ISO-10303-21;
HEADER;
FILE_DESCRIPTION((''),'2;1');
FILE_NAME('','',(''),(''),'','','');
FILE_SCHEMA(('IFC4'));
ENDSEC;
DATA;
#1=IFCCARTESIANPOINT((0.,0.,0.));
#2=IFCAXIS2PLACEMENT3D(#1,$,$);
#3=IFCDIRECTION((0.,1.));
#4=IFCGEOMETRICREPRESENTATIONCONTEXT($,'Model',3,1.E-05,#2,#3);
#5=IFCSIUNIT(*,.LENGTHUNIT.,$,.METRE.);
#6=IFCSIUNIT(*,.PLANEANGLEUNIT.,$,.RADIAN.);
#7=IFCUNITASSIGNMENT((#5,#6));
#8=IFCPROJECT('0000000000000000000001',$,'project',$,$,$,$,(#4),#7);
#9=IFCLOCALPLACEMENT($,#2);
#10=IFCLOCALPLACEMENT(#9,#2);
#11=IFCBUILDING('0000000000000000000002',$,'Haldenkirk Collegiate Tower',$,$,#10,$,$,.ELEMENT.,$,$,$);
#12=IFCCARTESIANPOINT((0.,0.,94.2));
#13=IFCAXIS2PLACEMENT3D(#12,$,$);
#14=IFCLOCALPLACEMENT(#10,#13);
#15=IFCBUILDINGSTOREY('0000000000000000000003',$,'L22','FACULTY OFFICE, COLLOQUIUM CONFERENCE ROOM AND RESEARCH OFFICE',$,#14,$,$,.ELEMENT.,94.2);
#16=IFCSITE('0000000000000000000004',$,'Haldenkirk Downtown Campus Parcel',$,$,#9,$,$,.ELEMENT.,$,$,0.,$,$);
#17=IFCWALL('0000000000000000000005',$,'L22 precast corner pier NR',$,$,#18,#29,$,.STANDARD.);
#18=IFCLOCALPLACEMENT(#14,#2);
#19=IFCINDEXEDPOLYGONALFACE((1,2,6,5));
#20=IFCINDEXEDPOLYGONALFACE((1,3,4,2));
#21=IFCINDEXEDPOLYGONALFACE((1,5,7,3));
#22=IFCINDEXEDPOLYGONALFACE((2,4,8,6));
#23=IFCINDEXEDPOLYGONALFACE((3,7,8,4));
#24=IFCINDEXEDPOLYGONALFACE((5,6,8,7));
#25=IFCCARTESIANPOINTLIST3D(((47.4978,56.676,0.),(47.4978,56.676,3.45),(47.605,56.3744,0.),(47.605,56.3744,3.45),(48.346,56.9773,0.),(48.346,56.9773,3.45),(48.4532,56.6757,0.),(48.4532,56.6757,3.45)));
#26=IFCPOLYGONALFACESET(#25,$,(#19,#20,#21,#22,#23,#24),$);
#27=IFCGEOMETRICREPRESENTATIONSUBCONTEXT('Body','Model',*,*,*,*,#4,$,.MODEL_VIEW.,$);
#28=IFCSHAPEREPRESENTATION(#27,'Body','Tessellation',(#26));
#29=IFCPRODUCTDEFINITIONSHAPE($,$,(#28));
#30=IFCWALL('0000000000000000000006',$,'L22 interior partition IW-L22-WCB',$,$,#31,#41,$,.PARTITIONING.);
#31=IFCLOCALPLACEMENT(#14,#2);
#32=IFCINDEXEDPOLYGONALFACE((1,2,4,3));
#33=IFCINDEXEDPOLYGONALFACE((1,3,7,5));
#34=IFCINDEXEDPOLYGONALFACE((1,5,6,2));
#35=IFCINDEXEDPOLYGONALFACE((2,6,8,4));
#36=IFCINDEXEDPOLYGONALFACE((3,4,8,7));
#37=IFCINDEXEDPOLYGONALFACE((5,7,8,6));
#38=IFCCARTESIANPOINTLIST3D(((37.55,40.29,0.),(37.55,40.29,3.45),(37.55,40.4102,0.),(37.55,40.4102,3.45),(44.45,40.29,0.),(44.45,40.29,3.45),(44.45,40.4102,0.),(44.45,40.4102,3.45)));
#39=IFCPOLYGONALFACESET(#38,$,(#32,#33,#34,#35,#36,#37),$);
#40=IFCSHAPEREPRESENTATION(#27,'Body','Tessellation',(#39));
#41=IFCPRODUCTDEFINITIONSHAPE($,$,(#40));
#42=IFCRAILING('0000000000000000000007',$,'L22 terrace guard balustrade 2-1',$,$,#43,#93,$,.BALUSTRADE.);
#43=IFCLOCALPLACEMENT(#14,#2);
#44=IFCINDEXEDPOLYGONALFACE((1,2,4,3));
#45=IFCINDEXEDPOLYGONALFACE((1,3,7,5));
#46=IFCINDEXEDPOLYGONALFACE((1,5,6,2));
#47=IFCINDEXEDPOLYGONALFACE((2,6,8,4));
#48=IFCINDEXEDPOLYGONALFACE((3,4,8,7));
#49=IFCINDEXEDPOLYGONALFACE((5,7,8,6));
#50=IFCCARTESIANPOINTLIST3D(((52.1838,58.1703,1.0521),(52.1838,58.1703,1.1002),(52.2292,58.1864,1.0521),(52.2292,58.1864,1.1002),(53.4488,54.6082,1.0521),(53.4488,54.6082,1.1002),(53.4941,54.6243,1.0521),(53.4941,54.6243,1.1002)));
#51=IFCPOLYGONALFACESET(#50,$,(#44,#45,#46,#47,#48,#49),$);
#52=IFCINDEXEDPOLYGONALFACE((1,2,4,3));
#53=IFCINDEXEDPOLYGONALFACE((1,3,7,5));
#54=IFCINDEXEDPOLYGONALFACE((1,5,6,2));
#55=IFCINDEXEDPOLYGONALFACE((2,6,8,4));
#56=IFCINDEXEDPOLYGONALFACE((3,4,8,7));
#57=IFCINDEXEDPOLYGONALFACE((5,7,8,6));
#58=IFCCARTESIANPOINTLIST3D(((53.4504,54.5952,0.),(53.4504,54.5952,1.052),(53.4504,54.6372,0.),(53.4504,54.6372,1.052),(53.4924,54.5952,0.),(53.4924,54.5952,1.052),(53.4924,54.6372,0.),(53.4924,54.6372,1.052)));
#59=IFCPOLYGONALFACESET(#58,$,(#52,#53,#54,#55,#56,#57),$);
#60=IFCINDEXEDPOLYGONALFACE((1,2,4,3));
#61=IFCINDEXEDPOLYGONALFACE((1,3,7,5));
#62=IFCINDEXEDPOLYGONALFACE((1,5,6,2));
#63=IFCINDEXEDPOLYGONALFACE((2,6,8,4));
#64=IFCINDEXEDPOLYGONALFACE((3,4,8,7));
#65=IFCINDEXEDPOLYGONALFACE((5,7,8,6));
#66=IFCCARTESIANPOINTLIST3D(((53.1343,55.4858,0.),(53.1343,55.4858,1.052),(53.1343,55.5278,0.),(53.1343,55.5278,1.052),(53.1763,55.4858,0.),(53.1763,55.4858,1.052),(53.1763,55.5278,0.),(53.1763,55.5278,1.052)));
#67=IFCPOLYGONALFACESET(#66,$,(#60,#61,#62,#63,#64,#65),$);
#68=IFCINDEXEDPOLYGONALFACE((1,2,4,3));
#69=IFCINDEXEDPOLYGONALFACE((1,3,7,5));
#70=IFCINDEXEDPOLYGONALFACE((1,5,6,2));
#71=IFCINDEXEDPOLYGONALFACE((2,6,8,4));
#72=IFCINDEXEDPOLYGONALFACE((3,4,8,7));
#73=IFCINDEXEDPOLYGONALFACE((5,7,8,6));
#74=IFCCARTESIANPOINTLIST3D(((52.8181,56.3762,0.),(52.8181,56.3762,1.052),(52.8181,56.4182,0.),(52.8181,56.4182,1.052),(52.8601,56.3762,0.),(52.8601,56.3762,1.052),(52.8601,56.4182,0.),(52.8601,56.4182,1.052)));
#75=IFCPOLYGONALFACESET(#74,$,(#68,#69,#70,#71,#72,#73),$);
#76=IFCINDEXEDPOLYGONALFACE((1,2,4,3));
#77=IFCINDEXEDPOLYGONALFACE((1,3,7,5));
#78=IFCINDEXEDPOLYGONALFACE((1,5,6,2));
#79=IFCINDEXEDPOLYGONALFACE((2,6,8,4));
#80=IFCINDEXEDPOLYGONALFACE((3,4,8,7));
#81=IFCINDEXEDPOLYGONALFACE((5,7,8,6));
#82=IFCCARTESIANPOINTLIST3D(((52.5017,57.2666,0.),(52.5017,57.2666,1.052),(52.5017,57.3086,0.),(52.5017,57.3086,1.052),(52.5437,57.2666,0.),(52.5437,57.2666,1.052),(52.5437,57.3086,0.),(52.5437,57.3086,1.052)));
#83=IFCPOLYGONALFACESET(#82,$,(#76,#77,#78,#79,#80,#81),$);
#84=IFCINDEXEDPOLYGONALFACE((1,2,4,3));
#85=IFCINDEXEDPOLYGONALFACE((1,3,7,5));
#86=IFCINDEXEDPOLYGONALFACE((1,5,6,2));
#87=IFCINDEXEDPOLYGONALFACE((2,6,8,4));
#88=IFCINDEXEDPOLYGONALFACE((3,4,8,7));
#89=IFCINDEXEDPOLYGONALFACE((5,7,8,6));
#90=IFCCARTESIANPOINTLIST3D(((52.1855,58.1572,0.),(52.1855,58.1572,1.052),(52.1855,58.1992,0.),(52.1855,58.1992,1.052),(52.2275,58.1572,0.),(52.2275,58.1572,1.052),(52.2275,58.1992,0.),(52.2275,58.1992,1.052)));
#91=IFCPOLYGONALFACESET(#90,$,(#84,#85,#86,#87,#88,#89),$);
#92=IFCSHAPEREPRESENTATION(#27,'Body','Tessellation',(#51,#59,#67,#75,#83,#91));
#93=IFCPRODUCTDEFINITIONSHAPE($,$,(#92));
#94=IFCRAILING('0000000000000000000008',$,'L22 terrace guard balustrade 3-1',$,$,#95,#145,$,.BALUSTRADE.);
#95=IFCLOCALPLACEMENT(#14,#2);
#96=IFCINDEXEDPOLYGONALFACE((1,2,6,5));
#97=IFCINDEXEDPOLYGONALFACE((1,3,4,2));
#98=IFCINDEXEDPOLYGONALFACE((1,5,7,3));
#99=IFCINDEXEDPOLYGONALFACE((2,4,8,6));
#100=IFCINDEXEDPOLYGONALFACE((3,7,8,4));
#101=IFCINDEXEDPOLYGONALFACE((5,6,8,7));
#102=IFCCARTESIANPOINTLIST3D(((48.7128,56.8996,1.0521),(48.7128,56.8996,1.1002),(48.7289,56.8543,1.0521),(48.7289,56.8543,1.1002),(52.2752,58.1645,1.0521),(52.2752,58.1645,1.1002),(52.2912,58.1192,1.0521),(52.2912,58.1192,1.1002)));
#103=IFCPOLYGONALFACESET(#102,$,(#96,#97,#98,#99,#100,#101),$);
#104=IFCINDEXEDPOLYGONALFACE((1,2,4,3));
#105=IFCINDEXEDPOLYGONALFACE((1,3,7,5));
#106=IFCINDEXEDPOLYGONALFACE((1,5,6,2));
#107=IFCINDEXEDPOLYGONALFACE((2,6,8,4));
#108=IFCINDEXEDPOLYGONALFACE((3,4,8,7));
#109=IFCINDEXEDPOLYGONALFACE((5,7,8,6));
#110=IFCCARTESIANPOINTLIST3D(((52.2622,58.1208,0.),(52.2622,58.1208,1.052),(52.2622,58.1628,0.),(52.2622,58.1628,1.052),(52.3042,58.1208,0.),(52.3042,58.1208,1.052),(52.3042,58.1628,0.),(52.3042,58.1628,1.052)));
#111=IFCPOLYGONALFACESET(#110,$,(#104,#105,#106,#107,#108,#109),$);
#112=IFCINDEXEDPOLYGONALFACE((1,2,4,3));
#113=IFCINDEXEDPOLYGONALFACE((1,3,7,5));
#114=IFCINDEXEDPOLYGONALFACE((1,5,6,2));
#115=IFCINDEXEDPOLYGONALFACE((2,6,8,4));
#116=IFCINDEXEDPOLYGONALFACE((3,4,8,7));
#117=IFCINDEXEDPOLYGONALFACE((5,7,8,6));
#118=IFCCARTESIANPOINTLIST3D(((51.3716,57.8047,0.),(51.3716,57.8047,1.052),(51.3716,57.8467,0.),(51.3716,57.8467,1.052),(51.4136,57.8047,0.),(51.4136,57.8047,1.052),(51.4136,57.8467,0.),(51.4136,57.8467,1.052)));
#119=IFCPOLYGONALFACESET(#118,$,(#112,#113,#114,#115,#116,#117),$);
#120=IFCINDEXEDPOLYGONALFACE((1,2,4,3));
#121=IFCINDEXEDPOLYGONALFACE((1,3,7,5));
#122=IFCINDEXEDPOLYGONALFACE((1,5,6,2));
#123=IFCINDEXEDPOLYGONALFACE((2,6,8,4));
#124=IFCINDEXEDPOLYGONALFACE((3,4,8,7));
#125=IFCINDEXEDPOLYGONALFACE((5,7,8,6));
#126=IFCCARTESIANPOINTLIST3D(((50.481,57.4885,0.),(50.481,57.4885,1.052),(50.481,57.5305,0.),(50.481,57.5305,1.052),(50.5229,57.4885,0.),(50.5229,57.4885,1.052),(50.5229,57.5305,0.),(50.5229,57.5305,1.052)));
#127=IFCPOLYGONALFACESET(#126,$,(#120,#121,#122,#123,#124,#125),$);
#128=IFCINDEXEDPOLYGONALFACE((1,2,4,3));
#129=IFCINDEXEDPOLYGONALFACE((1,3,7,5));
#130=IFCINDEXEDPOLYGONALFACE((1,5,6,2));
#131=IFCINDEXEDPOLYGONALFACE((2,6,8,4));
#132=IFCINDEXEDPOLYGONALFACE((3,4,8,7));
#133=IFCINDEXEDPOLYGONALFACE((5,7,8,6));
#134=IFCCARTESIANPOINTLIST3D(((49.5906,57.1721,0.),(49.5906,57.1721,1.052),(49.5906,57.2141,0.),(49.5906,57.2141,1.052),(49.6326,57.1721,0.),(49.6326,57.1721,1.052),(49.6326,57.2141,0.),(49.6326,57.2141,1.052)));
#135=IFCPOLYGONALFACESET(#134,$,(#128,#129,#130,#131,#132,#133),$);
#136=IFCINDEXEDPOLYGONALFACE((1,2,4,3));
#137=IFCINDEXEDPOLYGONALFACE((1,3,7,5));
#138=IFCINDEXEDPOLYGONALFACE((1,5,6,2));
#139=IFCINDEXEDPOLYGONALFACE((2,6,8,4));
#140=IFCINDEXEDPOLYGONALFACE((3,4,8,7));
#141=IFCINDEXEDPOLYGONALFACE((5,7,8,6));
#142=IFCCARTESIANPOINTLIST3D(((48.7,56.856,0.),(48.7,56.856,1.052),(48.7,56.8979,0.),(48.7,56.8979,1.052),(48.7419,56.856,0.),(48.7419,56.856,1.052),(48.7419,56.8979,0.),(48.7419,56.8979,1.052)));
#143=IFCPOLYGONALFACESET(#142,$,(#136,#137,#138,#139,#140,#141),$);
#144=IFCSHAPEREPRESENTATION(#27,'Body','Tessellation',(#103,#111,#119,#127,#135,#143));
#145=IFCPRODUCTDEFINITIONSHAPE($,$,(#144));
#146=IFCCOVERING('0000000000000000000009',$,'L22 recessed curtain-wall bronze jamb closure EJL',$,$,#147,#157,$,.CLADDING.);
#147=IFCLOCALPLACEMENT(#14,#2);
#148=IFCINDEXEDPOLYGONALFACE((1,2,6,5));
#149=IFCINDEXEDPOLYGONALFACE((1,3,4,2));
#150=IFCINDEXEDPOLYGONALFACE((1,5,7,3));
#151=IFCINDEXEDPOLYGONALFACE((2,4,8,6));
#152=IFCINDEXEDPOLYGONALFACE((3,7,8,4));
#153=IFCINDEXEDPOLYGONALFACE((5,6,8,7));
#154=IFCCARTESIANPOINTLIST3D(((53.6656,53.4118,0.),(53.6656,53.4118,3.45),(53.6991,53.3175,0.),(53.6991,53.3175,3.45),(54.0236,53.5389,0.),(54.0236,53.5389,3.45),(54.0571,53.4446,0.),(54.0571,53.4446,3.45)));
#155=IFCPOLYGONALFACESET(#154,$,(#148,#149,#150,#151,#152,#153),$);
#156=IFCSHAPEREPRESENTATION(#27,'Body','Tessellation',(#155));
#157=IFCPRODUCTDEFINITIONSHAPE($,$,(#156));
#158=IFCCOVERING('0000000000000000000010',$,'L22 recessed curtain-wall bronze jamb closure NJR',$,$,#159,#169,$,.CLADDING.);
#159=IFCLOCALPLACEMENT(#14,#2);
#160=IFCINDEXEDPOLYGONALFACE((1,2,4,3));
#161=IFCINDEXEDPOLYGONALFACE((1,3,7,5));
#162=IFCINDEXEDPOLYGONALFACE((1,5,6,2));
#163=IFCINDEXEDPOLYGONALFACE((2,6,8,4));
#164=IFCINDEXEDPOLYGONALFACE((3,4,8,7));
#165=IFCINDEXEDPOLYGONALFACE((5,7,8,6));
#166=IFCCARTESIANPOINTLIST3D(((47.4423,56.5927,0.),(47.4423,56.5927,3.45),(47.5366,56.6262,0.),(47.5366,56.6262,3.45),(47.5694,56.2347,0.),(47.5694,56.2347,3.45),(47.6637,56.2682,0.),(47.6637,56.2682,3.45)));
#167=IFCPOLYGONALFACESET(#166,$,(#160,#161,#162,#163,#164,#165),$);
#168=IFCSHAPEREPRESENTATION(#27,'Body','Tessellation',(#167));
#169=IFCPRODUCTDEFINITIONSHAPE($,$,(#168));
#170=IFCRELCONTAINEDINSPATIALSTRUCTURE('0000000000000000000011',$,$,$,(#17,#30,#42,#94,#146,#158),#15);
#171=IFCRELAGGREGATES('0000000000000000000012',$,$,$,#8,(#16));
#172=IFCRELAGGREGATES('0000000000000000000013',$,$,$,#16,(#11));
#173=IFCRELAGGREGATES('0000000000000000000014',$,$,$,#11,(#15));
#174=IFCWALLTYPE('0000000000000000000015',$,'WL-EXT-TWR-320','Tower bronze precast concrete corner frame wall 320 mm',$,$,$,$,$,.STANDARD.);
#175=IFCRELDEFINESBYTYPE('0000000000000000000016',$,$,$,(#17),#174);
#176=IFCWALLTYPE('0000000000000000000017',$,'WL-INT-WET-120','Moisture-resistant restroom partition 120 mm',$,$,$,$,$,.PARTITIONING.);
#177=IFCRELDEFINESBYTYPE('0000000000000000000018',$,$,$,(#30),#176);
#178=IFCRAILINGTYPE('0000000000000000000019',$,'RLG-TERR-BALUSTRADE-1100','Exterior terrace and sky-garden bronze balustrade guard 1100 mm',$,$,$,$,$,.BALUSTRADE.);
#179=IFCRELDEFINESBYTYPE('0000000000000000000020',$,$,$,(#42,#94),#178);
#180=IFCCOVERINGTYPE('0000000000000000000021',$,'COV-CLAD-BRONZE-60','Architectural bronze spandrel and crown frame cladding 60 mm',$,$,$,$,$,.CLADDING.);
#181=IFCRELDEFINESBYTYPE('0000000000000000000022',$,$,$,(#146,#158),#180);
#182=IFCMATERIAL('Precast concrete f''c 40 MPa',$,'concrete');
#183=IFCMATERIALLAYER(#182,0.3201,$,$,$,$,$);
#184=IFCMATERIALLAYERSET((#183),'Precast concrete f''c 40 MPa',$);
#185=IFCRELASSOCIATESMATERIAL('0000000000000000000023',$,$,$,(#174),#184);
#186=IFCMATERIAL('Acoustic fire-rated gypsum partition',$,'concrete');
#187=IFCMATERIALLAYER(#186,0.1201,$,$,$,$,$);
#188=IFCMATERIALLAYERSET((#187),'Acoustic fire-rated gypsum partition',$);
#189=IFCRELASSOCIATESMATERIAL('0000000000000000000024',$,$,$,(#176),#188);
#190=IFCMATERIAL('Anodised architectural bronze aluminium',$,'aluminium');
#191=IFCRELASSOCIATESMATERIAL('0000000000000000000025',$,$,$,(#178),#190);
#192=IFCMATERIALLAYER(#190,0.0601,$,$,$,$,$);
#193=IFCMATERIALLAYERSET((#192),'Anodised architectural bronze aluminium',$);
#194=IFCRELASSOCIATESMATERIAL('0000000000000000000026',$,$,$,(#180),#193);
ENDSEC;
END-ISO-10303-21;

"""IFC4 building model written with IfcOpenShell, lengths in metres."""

from ifc_helpers import new_model, si_unit, direction, frame, frame_2d, origin, origin_2d, place, context, subcontext, project, spatial, rectangle, extrude, source, transform, mapped, material, layer, layer_set, type_object, element, save


model = new_model("IFC4")

# Units and contexts
model_context = context("Model", 3, precision=1e-05, world=origin(), true_north=direction((0.0, 1.0)))
body_context = subcontext(model_context, "Body", "Model", "MODEL_VIEW")
ifc_project = project(units=[si_unit("LENGTHUNIT", "METRE"), si_unit("PLANEANGLEUNIT", "RADIAN")], contexts=[model_context])

# Site, building, storey
site_placement = place(None, origin())
site = spatial("IfcSite", under=ifc_project, at=site_placement, Name="Haldenkirk Downtown Campus Parcel", CompositionType="ELEMENT", RefElevation=0.0)
building_placement = place(site_placement, origin())
building = spatial("IfcBuilding", under=site, at=building_placement, Name="Haldenkirk Collegiate Tower", CompositionType="ELEMENT")
storey_placement = place(building_placement, frame((0.0, 0.0, 94.2)))
storey = spatial("IfcBuildingStorey", under=building, at=storey_placement, Name="L22", Description="FACULTY OFFICE, COLLOQUIUM CONFERENCE ROOM AND RESEARCH OFFICE", CompositionType="ELEMENT", Elevation=94.2)

# Shared definitions
ifc_material_1 = material(Name="Anodised architectural bronze aluminium", Category="aluminium")

# Shared definitions
ifc_material_2 = material(Name="Precast concrete f'c 40 MPa", Category="concrete")
ifc_layer_1 = layer(ifc_material_2, 0.3201)
ifc_layer_set_1 = layer_set([ifc_layer_1], Name="Precast concrete f'c 40 MPa")
wall_type_1 = type_object("IfcWallType", Name="WL-EXT-TWR-320", Description="Tower bronze precast concrete corner frame wall 320 mm", PredefinedType="STANDARD", material=ifc_layer_set_1)

# Walls
wall_1_placement = place(storey_placement, frame((47.5513, 56.5251, 0.0), z_axis=(0.0, 0.0, 1.0), x_axis=(0.942317, 0.334721, 0.0)))
element("IfcWall", 1, at=wall_1_placement, inside=storey, type_object=wall_type_1, Name="L22 precast corner pier NR", PredefinedType="STANDARD", context=body_context, shape_type="SweptSolid", body=[
    extrude(rectangle(XDim=0.9001, YDim=0.3201, at=frame_2d((0.4502, 0.0))), origin(), (0.0, 0.0, 1.0), 3.45),
])
ifc_material_3 = material(Name="Acoustic fire-rated gypsum partition", Category="concrete")
ifc_layer_2 = layer(ifc_material_3, 0.1201)
ifc_layer_set_2 = layer_set([ifc_layer_2], Name="Acoustic fire-rated gypsum partition")
wall_type_2 = type_object("IfcWallType", Name="WL-INT-WET-120", Description="Moisture-resistant restroom partition 120 mm", PredefinedType="PARTITIONING", material=ifc_layer_set_2)
wall_2_placement = place(storey_placement, frame((37.55, 40.3501, 0.0), z_axis=(0.0, 0.0, 1.0), x_axis=(1.0, 0.0, 0.0)))
element("IfcWall", 2, at=wall_2_placement, inside=storey, type_object=wall_type_2, Name="L22 interior partition IW-L22-WCB", PredefinedType="PARTITIONING", context=body_context, shape_type="SweptSolid", body=[
    extrude(rectangle(XDim=6.8999, YDim=0.1201, at=frame_2d((3.45, 0.0))), origin(), (0.0, 0.0, 1.0), 3.45),
])

# Railings
railing_type = type_object("IfcRailingType", Name="RLG-TERR-BALUSTRADE-1100", Description="Exterior terrace and sky-garden bronze balustrade guard 1100 mm", PredefinedType="BALUSTRADE", material=ifc_material_1)
railing_1_placement = place(storey_placement, frame((53.4714, 54.6162, 0.0)))
element("IfcRailing", 3, at=railing_1_placement, inside=storey, type_object=railing_type, Name="L22 terrace guard balustrade 2-1", PredefinedType="BALUSTRADE", context=body_context, shape_type="SweptSolid", body=[
    extrude(rectangle(XDim=0.0481, YDim=0.0481, at=origin_2d()), frame((0.0, 0.0, 1.0762), z_axis=(-0.334634, 0.942348, 0.0), x_axis=(-0.942348, -0.334634, 0.0)), (0.0, 0.0, 1.0), 3.78),
    extrude(rectangle(XDim=0.042, YDim=0.042, at=origin_2d()), origin(), (0.0, 0.0, 1.0), 1.052),
    extrude(rectangle(XDim=0.042, YDim=0.042, at=origin_2d()), frame((-0.3162, 0.8906, 0.0)), (0.0, 0.0, 1.0), 1.052),
    extrude(rectangle(XDim=0.042, YDim=0.042, at=origin_2d()), frame((-0.6323, 1.781, 0.0)), (0.0, 0.0, 1.0), 1.052),
    extrude(rectangle(XDim=0.042, YDim=0.042, at=origin_2d()), frame((-0.9487, 2.6714, 0.0)), (0.0, 0.0, 1.0), 1.052),
    extrude(rectangle(XDim=0.042, YDim=0.042, at=origin_2d()), frame((-1.2649, 3.562, 0.0)), (0.0, 0.0, 1.0), 1.052),
])
railing_2_placement = place(storey_placement, frame((52.2832, 58.1418, 0.0)))
element("IfcRailing", 4, at=railing_2_placement, inside=storey, type_object=railing_type, Name="L22 terrace guard balustrade 3-1", PredefinedType="BALUSTRADE", context=body_context, shape_type="SweptSolid", body=[
    extrude(rectangle(XDim=0.0481, YDim=0.0481, at=origin_2d()), frame((0.0, 0.0, 1.0762), z_axis=(-0.942355, -0.334613, 0.0), x_axis=(0.334613, -0.942355, 0.0)), (0.0, 0.0, 1.0), 3.7803),
    extrude(rectangle(XDim=0.042, YDim=0.042, at=origin_2d()), origin(), (0.0, 0.0, 1.0), 1.052),
    extrude(rectangle(XDim=0.042, YDim=0.042, at=origin_2d()), frame((-0.8906, -0.3162, 0.0)), (0.0, 0.0, 1.0), 1.052),
    extrude(rectangle(XDim=0.042, YDim=0.042, at=origin_2d()), frame((-1.7812, -0.6323, 0.0)), (0.0, 0.0, 1.0), 1.052),
    extrude(rectangle(XDim=0.042, YDim=0.042, at=origin_2d()), frame((-2.6716, -0.9487, 0.0)), (0.0, 0.0, 1.0), 1.052),
    extrude(rectangle(XDim=0.042, YDim=0.042, at=origin_2d()), frame((-3.5623, -1.2649, 0.0)), (0.0, 0.0, 1.0), 1.052),
])

# Coverings
ifc_layer_3 = layer(ifc_material_1, 0.0601)
ifc_layer_set_3 = layer_set([ifc_layer_3], Name="Anodised architectural bronze aluminium")
covering_type = type_object("IfcCoveringType", Name="COV-CLAD-BRONZE-60", Description="Architectural bronze spandrel and crown frame cladding 60 mm", PredefinedType="CLADDING", material=ifc_layer_set_3)
shared_shape_1 = source(origin(), body_context, "Body", "SweptSolid", [
    extrude(rectangle(XDim=0.1001, YDim=0.3799, at=origin_2d()), origin(), (0.0, 0.0, 1.0), 3.45),
])
for number, where, z_axis, x_axis, name in (
    (5, (53.8613, 53.4282, 0.0), (0.0, 0.0, 1.0), (0.334629, -0.94235, 0.0), "L22 recessed curtain-wall bronze jamb closure EJL"),
    (6, (47.553, 56.4304, 0.0), (0.0, 0.0, 1.0), (0.94235, 0.334629, 0.0), "L22 recessed curtain-wall bronze jamb closure NJR"),
):
    element("IfcCovering", number, at=place(storey_placement, frame(where, z_axis=z_axis, x_axis=x_axis)), inside=storey, type_object=covering_type, Name=name, PredefinedType="CLADDING", context=body_context, shape_type="MappedRepresentation", body=[
        mapped(shared_shape_1, transform((0.0, 0.0, 0.0), x_axis=(1.0, 0.0, 0.0), y_axis=(0.0, 1.0, 0.0), z_axis=(0.0, 0.0, 1.0), scale=1.0)),
    ])

save(model, "model.ifc")
